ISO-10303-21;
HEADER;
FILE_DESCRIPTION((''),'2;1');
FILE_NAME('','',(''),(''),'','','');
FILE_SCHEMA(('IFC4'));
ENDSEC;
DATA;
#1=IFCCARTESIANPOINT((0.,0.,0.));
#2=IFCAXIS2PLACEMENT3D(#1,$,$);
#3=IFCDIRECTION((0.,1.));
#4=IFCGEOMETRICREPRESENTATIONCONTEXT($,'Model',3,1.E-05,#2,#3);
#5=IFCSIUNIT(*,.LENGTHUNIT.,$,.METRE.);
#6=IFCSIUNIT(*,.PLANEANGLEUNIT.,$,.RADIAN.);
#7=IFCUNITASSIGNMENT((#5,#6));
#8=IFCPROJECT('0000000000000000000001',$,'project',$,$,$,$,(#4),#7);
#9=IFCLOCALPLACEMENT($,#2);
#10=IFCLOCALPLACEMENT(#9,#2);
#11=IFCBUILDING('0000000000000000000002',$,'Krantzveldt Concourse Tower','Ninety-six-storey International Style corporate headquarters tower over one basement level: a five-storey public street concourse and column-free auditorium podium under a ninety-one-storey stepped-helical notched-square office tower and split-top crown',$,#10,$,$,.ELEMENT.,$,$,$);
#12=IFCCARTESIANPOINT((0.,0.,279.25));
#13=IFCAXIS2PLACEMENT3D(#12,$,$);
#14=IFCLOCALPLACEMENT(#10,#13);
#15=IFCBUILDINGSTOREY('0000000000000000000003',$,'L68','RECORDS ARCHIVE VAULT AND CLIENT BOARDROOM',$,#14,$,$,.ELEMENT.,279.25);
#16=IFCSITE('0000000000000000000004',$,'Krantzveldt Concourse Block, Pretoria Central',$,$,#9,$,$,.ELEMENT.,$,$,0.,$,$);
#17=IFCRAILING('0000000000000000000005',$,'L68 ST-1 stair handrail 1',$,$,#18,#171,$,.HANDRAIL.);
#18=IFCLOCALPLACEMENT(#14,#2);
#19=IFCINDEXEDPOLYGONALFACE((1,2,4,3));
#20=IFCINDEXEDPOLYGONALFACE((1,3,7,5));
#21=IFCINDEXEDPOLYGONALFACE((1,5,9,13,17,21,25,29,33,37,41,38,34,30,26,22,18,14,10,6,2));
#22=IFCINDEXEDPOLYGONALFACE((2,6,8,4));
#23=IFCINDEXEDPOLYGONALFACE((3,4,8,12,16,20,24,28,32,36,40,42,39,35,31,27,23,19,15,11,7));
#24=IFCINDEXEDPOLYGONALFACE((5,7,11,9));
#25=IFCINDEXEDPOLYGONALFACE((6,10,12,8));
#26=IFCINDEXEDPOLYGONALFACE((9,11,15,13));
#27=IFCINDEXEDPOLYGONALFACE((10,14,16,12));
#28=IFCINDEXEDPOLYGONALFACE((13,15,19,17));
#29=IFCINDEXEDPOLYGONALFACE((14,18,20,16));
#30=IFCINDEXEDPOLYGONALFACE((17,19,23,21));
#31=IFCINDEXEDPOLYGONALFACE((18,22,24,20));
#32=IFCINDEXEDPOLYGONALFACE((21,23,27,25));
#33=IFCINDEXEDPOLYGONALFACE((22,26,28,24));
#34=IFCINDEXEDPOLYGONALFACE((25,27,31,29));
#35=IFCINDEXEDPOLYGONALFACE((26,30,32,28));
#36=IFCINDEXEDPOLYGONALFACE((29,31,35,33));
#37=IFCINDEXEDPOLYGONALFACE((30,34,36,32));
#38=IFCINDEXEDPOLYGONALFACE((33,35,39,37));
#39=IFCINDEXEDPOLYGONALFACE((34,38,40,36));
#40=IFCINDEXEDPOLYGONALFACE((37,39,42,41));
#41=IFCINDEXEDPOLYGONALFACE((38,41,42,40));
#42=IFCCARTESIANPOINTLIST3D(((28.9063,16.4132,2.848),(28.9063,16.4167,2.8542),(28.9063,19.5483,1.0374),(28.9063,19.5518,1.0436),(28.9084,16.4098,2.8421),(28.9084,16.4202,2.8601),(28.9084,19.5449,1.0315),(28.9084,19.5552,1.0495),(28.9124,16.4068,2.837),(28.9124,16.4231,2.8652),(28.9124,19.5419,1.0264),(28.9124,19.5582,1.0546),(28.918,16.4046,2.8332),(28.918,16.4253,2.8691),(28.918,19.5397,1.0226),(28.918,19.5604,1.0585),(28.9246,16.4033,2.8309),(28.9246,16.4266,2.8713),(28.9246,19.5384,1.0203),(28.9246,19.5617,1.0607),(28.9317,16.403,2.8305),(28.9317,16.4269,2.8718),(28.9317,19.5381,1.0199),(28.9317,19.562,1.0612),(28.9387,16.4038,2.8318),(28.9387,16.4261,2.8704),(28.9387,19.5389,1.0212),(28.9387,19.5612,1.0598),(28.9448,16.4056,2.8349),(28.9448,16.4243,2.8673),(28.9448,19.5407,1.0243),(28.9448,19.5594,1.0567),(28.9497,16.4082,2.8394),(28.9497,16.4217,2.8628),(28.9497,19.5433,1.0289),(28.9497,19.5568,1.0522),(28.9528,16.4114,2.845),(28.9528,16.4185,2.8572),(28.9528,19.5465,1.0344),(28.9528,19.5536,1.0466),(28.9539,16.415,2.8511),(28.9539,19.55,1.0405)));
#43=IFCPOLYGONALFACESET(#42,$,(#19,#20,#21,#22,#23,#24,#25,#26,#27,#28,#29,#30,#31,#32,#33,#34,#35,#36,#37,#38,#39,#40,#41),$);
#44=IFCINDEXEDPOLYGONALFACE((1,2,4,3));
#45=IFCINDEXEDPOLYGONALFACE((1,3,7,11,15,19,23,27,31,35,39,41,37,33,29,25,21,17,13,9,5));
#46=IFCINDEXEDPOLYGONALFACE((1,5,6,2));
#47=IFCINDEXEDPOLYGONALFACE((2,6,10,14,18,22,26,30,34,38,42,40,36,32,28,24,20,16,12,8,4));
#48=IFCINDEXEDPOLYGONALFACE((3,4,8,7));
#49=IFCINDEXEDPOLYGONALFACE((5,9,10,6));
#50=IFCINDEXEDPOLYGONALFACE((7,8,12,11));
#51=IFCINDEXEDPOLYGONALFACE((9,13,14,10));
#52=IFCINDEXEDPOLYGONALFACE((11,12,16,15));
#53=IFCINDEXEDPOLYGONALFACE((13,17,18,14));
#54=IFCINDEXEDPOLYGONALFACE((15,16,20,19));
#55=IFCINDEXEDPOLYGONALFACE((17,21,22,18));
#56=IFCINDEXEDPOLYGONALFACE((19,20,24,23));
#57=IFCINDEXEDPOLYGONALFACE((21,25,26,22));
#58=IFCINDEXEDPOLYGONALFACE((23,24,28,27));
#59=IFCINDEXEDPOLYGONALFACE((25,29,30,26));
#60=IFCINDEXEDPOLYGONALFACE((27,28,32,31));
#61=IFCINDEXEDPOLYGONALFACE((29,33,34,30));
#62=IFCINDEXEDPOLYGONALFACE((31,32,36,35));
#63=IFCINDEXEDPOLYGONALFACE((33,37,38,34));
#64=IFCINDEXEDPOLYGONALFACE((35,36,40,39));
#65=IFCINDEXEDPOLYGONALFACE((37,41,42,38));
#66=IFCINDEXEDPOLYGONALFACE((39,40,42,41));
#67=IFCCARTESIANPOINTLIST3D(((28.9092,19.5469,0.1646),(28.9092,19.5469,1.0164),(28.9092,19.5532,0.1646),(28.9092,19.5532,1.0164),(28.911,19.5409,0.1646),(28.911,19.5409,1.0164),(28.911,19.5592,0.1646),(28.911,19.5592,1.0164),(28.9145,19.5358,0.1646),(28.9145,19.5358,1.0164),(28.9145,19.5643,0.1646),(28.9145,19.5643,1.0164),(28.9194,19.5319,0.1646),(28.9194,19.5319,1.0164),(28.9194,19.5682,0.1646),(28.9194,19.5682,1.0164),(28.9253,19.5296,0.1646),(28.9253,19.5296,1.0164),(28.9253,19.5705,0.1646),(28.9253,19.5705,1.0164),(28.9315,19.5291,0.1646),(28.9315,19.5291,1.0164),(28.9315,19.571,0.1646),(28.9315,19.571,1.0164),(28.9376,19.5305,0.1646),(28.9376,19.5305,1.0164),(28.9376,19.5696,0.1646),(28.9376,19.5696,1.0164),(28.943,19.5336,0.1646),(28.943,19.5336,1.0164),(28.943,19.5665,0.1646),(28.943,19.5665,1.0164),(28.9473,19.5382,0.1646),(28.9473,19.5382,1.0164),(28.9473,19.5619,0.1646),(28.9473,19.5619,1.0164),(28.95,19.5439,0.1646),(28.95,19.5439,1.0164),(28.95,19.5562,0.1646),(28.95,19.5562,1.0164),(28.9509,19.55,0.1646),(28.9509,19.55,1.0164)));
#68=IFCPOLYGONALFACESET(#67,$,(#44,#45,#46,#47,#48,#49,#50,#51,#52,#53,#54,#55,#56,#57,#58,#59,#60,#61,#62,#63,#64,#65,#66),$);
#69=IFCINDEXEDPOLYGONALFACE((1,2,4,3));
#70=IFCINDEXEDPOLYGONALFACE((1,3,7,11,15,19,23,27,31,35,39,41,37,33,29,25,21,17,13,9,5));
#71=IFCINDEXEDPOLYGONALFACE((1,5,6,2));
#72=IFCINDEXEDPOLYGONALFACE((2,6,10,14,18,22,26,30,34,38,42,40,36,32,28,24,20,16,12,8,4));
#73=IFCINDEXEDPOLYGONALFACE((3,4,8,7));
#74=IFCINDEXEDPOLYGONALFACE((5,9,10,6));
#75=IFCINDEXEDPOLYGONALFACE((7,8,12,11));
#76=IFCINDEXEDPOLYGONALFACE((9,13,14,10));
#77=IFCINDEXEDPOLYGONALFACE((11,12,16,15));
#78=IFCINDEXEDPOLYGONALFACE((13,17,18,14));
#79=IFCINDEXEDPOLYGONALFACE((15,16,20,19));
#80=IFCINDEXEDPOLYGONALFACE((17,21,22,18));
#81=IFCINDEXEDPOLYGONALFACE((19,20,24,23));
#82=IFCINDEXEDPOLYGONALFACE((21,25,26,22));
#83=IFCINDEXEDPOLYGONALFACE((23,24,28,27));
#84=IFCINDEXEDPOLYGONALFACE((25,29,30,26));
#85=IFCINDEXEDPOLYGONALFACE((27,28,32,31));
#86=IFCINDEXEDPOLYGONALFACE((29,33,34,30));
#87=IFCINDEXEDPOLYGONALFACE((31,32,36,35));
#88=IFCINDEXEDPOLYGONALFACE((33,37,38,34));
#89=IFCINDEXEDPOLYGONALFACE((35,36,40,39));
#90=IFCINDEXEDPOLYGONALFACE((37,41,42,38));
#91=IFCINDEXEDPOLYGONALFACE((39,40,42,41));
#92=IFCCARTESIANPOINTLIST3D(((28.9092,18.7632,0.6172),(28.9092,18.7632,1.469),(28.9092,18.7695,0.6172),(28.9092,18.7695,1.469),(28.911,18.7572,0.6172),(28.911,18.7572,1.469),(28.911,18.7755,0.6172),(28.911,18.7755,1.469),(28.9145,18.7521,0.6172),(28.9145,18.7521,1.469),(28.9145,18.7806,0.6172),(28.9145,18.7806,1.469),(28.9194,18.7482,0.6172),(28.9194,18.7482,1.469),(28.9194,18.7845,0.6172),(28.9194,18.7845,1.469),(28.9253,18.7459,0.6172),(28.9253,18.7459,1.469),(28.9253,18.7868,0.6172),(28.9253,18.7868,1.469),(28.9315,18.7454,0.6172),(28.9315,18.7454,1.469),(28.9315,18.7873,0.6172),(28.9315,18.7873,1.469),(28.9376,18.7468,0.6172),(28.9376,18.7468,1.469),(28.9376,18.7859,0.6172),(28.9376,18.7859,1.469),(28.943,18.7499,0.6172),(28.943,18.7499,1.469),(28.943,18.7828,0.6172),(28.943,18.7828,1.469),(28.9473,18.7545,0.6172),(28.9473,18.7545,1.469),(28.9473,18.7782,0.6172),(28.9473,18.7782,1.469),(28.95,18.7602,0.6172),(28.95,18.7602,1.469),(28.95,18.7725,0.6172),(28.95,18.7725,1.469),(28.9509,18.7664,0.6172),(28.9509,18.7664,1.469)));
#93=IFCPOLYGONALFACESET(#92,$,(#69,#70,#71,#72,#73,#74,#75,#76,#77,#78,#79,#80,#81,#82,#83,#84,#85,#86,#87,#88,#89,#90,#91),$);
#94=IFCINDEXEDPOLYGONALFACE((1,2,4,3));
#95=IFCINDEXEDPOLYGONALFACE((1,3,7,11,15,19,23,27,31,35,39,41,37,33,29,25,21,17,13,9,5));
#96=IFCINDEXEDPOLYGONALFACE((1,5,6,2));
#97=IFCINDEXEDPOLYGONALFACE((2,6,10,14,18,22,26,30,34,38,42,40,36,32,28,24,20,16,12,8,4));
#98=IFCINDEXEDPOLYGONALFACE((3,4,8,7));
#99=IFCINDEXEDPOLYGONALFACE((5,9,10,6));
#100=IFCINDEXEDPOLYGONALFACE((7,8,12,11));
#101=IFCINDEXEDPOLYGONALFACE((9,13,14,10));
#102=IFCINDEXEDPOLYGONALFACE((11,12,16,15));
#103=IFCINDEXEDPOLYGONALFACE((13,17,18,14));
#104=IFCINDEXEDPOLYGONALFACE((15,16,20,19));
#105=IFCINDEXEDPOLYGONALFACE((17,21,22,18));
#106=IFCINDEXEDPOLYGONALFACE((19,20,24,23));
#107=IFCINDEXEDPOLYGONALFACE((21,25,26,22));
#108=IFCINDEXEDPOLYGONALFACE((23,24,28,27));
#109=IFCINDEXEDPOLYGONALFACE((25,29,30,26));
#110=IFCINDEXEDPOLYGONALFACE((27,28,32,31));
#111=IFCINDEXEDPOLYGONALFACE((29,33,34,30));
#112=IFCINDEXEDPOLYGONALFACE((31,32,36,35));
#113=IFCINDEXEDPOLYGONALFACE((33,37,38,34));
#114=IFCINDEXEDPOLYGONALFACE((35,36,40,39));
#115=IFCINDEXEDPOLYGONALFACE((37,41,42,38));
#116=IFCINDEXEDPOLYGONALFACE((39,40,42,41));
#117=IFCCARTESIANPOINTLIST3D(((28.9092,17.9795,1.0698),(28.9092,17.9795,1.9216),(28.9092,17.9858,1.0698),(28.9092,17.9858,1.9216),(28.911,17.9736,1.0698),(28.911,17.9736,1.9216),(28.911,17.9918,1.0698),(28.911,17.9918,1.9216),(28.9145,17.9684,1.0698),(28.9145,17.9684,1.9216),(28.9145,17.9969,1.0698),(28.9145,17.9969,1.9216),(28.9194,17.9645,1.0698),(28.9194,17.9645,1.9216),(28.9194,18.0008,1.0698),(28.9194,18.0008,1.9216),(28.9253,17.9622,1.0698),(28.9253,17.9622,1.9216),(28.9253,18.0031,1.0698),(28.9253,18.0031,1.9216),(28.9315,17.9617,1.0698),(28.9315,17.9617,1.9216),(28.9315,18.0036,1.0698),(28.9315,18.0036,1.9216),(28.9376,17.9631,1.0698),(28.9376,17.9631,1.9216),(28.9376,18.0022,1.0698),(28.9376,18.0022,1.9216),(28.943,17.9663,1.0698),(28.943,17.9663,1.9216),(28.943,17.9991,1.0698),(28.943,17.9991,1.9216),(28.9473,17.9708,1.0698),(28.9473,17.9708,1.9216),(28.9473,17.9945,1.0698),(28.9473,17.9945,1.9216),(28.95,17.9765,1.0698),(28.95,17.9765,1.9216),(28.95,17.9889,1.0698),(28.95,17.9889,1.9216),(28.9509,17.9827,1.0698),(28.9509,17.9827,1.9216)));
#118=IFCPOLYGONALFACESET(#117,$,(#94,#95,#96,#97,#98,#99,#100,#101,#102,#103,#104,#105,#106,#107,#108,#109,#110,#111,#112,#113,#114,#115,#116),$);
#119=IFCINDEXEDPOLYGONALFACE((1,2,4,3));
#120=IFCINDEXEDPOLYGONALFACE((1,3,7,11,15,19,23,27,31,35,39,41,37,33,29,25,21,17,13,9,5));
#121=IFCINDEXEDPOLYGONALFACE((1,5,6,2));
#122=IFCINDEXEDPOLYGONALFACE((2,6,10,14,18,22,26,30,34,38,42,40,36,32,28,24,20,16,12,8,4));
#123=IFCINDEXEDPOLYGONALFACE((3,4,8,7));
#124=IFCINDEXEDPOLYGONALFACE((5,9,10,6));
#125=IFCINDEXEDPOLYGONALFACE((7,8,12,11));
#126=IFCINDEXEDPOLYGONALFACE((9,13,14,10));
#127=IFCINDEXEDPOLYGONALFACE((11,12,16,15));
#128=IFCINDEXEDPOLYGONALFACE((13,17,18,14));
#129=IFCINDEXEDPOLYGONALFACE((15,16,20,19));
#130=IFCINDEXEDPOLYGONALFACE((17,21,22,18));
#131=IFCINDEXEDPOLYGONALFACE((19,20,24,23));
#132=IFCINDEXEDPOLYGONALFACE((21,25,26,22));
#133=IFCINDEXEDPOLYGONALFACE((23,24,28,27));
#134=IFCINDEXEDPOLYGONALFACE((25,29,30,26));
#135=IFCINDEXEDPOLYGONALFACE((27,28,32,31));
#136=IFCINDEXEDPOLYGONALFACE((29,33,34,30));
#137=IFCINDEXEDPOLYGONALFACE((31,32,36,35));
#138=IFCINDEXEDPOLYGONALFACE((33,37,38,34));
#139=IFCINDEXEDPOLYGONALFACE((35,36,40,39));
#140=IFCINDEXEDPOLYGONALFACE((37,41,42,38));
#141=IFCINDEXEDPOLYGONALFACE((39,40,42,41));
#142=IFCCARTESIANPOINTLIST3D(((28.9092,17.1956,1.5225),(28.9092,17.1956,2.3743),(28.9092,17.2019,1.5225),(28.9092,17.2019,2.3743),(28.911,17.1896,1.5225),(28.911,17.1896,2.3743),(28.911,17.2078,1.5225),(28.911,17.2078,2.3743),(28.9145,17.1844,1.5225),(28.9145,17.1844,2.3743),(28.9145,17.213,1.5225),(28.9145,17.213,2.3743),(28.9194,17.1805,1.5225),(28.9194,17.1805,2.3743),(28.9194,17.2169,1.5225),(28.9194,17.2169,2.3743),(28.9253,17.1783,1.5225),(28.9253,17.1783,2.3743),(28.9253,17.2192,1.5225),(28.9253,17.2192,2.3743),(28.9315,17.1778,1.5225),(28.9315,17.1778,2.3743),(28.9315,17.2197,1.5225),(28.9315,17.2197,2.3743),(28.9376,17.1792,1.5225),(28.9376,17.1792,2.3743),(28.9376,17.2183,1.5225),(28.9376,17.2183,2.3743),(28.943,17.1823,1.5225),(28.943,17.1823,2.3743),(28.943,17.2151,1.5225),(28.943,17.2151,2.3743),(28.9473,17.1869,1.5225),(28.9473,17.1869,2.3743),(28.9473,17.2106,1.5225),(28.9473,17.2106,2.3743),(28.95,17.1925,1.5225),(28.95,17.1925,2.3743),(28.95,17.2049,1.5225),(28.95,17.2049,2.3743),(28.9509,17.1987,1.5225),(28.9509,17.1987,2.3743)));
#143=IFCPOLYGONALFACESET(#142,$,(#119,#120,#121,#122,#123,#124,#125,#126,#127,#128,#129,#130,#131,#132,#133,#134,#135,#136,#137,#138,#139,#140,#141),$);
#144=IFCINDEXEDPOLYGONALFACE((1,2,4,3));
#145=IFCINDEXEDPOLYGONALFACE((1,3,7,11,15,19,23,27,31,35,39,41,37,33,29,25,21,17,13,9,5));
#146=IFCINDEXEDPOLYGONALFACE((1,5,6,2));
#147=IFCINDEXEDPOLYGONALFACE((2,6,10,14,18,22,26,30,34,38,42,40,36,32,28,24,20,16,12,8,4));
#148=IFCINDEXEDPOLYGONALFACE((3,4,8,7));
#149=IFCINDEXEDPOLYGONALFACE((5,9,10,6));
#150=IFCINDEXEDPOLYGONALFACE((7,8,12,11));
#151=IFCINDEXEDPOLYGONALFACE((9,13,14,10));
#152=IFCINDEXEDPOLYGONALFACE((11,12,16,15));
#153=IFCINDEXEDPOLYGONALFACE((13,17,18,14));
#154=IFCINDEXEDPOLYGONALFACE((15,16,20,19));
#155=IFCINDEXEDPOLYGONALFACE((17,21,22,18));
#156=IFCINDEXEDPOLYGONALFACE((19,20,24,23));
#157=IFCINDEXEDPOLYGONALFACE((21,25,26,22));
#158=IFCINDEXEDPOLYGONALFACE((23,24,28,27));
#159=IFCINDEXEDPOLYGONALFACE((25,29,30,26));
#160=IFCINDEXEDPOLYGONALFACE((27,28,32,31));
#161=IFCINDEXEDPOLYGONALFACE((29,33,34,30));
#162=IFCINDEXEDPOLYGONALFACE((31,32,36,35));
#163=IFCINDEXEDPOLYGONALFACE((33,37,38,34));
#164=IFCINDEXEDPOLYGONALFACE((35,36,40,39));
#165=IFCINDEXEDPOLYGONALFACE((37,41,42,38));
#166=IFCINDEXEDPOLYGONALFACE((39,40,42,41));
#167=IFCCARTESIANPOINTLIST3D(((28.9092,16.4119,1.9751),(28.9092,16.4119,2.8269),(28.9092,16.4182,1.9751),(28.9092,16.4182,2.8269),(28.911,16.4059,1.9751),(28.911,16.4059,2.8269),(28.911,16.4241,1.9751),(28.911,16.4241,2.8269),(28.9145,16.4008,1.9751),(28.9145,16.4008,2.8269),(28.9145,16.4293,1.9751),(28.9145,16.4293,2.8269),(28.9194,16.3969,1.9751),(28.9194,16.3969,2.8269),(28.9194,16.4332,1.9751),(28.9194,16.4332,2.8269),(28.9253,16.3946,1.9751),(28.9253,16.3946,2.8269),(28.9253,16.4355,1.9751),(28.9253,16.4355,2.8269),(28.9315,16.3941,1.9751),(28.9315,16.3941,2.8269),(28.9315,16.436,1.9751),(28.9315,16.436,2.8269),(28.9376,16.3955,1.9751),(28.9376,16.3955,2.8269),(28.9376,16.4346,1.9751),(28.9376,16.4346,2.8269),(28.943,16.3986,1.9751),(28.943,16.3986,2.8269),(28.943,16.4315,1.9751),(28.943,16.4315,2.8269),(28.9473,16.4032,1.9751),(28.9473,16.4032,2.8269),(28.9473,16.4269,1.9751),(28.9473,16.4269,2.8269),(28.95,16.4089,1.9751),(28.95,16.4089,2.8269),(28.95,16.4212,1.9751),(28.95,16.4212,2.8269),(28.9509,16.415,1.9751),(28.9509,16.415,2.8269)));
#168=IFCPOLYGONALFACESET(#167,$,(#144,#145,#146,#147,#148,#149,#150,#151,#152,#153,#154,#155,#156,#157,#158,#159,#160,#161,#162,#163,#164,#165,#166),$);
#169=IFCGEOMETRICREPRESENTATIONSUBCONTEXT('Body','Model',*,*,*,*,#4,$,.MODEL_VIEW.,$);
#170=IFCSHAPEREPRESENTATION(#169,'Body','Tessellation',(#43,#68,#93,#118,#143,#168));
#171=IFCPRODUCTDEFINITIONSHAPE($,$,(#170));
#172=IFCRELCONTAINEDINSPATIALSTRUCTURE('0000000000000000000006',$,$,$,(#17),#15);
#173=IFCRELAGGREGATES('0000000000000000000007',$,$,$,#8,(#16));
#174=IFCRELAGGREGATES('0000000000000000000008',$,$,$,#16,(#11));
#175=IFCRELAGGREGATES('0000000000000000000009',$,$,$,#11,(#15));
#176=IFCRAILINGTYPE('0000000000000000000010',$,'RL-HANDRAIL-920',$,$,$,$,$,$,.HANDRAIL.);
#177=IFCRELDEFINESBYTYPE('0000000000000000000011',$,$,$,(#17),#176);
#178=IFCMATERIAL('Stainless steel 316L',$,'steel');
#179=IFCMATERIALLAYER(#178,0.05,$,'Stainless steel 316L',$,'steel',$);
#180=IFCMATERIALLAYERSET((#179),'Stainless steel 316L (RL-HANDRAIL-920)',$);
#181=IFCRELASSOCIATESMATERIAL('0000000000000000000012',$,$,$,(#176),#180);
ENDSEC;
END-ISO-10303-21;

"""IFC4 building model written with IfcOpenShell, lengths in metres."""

from ifc_helpers import new_model, si_unit, direction, frame, origin, origin_2d, place, context, subcontext, project, spatial, circle, extrude, material, layer, layer_set, type_object, element, save


model = new_model("IFC4")

# Units and contexts
model_context = context("Model", 3, precision=1e-05, world=origin(), true_north=direction((0.0, 1.0)))
body_context = subcontext(model_context, "Body", "Model", "MODEL_VIEW")
ifc_project = project(units=[si_unit("LENGTHUNIT", "METRE"), si_unit("PLANEANGLEUNIT", "RADIAN")], contexts=[model_context])

# Site, building, storey
site_placement = place(None, origin())
site = spatial("IfcSite", under=ifc_project, at=site_placement, Name="Krantzveldt Concourse Block, Pretoria Central", CompositionType="ELEMENT", RefElevation=0.0)
building_placement = place(site_placement, origin())
building = spatial("IfcBuilding", under=site, at=building_placement, Name="Krantzveldt Concourse Tower", Description="Ninety-six-storey International Style corporate headquarters tower over one basement level: a five-storey public street concourse and column-free auditorium podium under a ninety-one-storey stepped-helical notched-square office tower and split-top crown", CompositionType="ELEMENT")
storey_placement = place(building_placement, frame((0.0, 0.0, 279.25)))
storey = spatial("IfcBuildingStorey", under=building, at=storey_placement, Name="L68", Description="RECORDS ARCHIVE VAULT AND CLIENT BOARDROOM", CompositionType="ELEMENT", Elevation=279.25)

# Railing
ifc_material_1 = material(Name="Stainless steel 316L", Category="steel")
ifc_layer_1 = layer(ifc_material_1, 0.05, Name="Stainless steel 316L", Category="steel")
ifc_layer_set_1 = layer_set([ifc_layer_1], Name="Stainless steel 316L (RL-HANDRAIL-920)")
railing_type_1 = type_object("IfcRailingType", Name="RL-HANDRAIL-920", PredefinedType="HANDRAIL", material=ifc_layer_set_1)
railing_1_placement = place(storey_placement, frame((28.9299, 19.55, 0.1646)))
element("IfcRailing", 1, at=railing_1_placement, inside=storey, type_object=railing_type_1, Name="L68 ST-1 stair handrail 1", PredefinedType="HANDRAIL", context=body_context, shape_type="SweptSolid", body=[
    extrude(circle(Radius=0.0239, at=origin_2d()), frame((0.0, 0.0, 0.876), z_axis=(0.0, -0.86596, 0.500114), x_axis=(1.0, 0.0, 0.0)), (0.0, 0.0, 1.0), 3.6204),
    extrude(circle(Radius=0.021, at=origin_2d()), origin(), (0.0, 0.0, 1.0), 0.8518),
    extrude(circle(Radius=0.021, at=origin_2d()), frame((0.0, -0.7837, 0.4526)), (0.0, 0.0, 1.0), 0.8518),
    extrude(circle(Radius=0.021, at=origin_2d()), frame((0.0, -1.5674, 0.9053)), (0.0, 0.0, 1.0), 0.8518),
    extrude(circle(Radius=0.021, at=origin_2d()), frame((0.0, -2.3513, 1.3579)), (0.0, 0.0, 1.0), 0.8518),
    extrude(circle(Radius=0.021, at=origin_2d()), frame((0.0, -3.135, 1.8105)), (0.0, 0.0, 1.0), 0.8518),
])

save(model, "model.ifc")
